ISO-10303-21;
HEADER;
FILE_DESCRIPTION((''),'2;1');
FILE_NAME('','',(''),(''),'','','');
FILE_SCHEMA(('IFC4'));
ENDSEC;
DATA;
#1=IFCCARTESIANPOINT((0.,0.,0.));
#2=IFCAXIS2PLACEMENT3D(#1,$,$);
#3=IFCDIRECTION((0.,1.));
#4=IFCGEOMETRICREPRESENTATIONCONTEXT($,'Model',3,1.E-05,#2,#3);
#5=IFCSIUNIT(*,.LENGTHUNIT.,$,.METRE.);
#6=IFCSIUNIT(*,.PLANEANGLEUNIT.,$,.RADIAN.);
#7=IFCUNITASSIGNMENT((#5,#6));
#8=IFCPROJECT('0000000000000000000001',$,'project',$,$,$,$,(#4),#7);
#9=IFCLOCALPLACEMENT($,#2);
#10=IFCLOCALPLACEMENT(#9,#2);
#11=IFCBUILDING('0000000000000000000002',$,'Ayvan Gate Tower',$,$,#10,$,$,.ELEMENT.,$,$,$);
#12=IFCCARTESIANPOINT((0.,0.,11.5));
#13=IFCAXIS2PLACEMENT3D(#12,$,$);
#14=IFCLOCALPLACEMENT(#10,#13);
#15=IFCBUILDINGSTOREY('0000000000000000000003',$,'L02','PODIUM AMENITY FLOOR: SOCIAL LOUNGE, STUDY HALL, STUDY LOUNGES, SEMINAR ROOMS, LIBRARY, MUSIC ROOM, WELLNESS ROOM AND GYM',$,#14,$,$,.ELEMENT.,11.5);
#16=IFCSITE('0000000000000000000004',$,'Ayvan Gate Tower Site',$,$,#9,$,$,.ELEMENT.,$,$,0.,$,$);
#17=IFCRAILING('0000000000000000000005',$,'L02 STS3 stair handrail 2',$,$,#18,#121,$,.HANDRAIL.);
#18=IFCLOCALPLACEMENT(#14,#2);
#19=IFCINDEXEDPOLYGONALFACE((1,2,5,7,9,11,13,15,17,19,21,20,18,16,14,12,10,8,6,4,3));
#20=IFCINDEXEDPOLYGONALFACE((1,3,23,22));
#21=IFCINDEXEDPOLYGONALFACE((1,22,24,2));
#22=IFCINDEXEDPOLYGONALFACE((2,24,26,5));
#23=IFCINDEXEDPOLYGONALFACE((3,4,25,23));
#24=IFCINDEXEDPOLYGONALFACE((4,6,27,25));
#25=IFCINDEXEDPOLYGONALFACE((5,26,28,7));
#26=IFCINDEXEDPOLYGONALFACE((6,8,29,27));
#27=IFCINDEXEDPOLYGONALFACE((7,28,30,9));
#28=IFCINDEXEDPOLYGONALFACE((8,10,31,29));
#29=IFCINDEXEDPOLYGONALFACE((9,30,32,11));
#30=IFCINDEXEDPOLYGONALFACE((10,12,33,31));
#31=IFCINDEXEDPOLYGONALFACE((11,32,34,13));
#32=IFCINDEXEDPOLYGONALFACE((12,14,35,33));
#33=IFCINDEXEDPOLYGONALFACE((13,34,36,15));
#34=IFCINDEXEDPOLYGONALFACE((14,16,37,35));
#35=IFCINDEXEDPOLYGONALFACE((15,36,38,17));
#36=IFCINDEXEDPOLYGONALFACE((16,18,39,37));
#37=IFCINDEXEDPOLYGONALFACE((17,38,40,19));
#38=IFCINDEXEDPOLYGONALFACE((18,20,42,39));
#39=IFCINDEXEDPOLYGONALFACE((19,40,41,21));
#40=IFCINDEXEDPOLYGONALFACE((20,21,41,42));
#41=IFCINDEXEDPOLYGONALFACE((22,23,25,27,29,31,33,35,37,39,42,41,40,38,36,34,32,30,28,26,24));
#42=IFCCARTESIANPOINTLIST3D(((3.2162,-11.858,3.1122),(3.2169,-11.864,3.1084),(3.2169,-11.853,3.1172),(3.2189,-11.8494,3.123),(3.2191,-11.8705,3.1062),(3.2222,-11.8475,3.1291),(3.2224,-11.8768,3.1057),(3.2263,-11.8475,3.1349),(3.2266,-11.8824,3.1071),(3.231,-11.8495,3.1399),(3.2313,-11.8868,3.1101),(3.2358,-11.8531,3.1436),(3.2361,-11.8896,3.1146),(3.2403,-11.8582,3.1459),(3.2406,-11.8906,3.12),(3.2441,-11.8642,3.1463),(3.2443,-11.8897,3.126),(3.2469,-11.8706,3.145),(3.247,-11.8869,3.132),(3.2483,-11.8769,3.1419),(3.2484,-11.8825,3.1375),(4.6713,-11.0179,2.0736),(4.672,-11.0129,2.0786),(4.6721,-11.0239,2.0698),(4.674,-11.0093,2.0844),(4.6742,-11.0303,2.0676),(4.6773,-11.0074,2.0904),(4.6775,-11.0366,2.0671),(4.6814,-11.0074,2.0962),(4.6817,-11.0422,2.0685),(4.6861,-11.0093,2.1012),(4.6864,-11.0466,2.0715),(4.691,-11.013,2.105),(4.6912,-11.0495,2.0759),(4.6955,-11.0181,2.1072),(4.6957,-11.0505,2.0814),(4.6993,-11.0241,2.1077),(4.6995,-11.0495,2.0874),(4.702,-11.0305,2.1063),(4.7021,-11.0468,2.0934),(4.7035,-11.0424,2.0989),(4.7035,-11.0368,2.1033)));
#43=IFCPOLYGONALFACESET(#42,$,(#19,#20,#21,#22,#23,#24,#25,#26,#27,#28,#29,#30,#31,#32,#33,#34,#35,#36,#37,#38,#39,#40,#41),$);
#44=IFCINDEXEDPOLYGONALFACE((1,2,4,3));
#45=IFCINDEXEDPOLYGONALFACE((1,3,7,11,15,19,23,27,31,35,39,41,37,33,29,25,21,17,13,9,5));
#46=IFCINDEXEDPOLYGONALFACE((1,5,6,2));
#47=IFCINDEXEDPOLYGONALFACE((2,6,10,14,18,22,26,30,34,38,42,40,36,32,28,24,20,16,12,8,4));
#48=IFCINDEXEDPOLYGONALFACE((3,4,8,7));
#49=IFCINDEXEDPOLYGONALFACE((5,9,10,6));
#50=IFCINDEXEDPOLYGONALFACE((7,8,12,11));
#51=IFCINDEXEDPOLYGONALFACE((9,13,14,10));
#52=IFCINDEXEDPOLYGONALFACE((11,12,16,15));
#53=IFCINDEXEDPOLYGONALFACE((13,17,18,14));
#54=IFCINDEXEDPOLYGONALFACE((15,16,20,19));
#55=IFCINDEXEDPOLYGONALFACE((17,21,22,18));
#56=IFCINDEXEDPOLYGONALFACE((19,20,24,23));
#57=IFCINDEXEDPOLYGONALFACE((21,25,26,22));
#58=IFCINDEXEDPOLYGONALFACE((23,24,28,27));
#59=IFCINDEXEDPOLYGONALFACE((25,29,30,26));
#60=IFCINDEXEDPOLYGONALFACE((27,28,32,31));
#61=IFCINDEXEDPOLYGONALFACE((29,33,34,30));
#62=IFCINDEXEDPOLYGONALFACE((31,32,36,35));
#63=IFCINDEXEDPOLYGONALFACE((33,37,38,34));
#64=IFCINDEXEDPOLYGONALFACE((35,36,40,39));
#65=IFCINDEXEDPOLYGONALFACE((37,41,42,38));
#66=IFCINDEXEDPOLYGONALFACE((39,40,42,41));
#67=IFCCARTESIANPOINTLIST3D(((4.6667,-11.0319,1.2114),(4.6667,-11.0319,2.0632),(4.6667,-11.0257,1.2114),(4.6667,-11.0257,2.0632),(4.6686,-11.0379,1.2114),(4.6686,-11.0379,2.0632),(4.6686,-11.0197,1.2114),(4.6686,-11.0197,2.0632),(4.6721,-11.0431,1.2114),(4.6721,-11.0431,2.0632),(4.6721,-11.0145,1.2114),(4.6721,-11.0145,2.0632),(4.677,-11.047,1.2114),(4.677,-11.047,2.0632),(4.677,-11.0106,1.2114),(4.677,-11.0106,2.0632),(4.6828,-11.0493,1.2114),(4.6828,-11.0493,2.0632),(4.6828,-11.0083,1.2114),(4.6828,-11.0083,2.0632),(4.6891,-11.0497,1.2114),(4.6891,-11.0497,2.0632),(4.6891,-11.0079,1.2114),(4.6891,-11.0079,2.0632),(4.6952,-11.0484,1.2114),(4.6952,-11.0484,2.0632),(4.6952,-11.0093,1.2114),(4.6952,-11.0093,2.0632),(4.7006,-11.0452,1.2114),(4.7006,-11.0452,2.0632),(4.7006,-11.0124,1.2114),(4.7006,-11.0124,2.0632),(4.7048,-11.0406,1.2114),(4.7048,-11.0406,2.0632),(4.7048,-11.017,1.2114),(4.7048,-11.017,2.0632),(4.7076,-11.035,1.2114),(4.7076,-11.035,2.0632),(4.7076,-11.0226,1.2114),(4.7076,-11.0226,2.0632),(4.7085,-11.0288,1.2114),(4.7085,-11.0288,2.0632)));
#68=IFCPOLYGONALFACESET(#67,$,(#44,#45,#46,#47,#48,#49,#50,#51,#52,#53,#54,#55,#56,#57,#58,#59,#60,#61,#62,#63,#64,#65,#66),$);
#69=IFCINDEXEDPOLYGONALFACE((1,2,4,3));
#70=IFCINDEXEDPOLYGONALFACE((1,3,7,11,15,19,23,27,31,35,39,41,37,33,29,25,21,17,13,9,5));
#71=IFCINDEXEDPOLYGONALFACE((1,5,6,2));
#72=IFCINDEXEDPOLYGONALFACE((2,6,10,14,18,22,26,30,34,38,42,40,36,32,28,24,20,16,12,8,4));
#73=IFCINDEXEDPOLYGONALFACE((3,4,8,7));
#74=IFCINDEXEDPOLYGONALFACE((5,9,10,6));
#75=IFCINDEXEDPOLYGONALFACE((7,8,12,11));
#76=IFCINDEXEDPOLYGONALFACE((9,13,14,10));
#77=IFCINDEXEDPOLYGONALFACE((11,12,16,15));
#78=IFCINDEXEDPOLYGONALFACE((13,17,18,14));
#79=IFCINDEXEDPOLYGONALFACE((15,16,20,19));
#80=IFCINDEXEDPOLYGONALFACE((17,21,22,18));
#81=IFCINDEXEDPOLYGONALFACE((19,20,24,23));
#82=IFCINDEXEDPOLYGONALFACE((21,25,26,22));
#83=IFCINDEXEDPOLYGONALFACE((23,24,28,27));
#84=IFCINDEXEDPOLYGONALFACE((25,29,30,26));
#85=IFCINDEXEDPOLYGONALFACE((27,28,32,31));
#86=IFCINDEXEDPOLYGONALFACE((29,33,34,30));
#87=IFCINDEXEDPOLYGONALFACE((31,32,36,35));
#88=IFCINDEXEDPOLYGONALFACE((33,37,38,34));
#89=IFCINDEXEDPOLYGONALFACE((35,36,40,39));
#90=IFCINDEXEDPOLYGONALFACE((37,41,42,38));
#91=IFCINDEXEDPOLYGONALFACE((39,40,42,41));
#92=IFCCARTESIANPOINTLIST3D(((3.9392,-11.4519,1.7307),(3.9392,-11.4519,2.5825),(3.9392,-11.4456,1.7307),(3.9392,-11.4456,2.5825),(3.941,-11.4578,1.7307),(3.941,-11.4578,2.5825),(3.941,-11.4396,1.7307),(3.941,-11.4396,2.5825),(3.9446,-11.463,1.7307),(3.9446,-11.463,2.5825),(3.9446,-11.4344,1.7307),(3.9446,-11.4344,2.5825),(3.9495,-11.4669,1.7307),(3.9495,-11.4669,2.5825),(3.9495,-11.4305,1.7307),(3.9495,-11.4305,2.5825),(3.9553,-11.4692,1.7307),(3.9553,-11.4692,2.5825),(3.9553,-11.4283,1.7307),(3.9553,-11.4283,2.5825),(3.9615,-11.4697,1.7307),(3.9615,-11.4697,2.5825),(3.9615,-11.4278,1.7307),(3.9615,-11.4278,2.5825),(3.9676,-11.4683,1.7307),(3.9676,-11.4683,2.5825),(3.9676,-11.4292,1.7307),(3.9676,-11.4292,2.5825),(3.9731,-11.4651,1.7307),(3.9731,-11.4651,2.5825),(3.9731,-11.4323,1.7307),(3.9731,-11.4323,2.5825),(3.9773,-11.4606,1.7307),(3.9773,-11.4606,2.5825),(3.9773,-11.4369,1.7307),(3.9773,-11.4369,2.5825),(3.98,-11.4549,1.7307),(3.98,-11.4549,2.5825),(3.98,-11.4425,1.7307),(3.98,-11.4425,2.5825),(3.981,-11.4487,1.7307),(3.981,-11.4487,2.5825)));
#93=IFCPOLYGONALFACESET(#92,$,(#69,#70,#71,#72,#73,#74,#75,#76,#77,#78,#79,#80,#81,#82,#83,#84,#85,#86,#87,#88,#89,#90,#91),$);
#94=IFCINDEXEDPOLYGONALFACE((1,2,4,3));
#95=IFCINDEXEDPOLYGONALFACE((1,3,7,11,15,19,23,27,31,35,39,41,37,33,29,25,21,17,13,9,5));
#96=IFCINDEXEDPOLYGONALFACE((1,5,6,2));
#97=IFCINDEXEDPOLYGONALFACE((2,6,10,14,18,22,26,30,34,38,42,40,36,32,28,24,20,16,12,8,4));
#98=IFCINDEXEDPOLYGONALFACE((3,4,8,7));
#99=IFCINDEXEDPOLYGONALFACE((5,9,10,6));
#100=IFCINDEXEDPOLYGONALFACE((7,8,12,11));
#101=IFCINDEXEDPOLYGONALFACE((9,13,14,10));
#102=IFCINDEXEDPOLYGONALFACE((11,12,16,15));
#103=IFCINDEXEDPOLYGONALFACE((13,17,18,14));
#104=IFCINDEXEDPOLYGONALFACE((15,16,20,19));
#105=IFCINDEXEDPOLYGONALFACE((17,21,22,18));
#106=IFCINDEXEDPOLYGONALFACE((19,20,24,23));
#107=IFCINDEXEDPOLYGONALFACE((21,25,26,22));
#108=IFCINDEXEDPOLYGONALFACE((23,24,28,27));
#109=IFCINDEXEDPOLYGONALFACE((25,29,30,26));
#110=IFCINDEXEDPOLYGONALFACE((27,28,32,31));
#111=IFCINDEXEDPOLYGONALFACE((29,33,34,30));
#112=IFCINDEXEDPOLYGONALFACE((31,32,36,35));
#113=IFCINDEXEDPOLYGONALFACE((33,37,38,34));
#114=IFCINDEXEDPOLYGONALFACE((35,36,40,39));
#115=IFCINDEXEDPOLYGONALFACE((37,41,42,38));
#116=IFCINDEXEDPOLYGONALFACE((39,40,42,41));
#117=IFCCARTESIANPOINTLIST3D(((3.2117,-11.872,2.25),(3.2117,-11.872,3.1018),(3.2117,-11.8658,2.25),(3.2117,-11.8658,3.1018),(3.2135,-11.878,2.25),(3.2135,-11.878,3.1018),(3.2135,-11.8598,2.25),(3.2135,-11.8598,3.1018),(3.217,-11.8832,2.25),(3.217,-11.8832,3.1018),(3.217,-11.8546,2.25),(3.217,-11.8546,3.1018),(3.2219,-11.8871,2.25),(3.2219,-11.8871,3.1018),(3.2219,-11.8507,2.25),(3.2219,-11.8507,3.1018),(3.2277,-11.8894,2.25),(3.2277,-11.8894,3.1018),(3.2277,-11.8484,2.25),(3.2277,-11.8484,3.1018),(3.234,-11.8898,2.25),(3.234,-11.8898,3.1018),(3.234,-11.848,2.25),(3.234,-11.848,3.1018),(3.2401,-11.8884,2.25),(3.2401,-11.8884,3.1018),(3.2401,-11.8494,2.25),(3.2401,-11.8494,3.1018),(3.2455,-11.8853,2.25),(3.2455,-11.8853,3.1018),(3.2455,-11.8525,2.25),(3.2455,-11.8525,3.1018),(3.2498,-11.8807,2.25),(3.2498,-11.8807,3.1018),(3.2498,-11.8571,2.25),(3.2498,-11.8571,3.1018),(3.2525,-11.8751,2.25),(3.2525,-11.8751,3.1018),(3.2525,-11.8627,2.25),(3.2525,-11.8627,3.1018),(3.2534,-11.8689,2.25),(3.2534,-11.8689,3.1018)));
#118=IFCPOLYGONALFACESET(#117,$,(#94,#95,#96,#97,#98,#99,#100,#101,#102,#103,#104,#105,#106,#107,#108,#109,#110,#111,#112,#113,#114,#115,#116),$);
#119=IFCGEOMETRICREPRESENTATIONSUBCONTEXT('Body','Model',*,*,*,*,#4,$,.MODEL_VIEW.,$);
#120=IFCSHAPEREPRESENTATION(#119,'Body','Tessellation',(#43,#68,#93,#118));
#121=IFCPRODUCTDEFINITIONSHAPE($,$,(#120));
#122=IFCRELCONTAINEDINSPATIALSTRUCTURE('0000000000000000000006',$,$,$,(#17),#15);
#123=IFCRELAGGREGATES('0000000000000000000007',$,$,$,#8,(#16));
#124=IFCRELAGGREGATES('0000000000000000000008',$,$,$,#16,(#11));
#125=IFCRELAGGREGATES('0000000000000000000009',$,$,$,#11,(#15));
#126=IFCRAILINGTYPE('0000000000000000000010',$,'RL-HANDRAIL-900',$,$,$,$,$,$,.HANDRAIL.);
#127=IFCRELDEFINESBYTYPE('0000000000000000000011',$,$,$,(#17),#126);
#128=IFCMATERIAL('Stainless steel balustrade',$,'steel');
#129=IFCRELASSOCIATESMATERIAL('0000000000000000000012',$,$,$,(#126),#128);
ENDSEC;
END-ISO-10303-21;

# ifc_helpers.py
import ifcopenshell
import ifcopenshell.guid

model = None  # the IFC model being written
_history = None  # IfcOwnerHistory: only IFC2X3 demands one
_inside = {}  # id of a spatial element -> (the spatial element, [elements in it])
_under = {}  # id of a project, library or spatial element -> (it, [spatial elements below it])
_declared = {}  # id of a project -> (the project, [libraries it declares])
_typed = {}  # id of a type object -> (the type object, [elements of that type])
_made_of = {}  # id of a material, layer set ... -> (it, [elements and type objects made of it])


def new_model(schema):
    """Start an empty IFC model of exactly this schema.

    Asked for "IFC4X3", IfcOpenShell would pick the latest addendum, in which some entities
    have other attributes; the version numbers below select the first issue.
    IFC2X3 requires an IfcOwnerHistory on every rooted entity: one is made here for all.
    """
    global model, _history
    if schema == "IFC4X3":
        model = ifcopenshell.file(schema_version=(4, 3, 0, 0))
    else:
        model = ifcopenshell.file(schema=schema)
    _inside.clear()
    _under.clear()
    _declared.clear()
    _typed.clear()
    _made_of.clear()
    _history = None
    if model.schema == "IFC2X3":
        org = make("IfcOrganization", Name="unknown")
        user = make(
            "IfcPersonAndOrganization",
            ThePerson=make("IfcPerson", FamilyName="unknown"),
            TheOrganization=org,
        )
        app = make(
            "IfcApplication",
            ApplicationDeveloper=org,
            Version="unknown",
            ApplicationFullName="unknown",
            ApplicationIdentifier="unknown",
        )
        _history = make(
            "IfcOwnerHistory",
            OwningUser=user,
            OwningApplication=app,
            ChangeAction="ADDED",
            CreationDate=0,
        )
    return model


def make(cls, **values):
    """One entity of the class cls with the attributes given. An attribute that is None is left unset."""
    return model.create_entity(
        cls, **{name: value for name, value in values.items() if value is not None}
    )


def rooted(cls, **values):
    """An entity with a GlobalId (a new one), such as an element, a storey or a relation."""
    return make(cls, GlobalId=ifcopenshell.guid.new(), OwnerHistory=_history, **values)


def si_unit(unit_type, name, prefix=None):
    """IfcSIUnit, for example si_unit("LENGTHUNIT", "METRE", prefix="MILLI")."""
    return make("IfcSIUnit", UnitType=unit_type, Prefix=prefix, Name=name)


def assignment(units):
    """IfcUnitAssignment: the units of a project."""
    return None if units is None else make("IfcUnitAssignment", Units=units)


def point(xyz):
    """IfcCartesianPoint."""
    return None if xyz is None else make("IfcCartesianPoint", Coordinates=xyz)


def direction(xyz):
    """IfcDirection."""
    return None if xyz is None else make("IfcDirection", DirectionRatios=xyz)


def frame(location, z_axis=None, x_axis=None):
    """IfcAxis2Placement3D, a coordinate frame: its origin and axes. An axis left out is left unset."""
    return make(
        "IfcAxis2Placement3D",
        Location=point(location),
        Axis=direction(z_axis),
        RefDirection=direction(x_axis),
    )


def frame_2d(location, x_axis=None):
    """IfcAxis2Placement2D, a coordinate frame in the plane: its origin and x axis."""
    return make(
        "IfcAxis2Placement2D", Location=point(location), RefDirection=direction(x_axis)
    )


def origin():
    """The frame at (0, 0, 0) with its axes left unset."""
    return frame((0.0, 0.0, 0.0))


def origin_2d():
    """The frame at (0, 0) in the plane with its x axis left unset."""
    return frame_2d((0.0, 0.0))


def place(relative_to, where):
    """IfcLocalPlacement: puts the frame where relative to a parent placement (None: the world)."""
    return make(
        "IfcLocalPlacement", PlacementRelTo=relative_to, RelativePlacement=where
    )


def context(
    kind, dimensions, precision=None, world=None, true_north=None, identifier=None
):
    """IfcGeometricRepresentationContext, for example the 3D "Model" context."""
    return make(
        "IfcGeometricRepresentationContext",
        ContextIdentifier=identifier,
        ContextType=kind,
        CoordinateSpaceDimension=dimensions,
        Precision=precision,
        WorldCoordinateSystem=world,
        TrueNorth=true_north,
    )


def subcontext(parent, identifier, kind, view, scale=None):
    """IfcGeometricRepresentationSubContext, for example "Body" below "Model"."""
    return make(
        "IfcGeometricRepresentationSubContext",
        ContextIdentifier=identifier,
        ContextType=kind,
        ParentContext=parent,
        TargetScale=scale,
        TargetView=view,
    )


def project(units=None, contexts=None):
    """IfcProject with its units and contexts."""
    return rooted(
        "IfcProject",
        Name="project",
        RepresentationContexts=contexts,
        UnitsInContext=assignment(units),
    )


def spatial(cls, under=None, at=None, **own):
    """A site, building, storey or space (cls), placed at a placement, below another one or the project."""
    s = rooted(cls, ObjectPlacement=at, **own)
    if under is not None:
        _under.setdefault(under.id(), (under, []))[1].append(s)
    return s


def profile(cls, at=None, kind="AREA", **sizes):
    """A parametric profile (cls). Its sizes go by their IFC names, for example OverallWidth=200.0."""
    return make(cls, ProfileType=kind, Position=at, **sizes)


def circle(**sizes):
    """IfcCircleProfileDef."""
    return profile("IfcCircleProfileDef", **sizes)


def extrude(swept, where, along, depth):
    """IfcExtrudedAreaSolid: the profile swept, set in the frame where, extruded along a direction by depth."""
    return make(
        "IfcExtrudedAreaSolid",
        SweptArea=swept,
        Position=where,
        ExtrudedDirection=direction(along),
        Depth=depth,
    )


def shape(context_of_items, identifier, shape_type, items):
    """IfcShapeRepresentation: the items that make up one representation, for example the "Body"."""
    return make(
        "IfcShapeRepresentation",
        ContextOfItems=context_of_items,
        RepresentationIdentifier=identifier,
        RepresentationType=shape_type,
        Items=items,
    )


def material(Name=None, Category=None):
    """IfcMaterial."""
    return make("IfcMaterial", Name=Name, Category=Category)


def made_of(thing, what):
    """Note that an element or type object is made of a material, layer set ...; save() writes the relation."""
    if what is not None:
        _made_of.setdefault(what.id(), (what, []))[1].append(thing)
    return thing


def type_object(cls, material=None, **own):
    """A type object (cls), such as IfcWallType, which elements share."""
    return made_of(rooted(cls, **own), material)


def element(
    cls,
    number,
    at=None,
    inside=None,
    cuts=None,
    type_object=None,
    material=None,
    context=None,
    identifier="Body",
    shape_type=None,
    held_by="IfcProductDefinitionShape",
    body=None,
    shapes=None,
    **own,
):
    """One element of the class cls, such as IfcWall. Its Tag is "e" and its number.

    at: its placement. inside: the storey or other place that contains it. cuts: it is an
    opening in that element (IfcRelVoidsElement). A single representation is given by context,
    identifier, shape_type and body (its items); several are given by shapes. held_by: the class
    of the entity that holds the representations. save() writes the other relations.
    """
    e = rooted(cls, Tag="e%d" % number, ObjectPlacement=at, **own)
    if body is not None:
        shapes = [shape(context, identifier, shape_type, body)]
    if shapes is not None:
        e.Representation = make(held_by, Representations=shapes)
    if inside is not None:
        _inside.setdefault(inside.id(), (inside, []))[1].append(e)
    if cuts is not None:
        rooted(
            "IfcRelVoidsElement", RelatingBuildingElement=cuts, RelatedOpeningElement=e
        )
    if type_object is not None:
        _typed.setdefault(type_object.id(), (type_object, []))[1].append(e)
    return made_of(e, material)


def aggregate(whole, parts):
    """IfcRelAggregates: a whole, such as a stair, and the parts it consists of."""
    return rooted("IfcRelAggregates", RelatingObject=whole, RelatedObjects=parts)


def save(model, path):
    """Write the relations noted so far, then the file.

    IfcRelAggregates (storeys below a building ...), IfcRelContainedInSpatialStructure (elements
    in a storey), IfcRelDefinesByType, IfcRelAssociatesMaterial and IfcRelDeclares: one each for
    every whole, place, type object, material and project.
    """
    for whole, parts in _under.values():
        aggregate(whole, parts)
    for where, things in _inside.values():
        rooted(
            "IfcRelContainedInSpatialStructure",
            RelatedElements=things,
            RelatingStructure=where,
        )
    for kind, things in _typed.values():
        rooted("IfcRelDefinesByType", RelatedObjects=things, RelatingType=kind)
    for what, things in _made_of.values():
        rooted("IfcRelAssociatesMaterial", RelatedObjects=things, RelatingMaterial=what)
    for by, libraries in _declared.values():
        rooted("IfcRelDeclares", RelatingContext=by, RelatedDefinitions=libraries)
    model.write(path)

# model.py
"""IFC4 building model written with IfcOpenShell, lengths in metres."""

from ifc_helpers import new_model, si_unit, direction, frame, origin, origin_2d, place, context, subcontext, project, spatial, circle, extrude, material, type_object, element, save


model = new_model("IFC4")

# Units and contexts
model_context = context("Model", 3, precision=1e-05, world=origin(), true_north=direction((0.0, 1.0)))
body_context = subcontext(model_context, "Body", "Model", "MODEL_VIEW")
ifc_project = project(units=[si_unit("LENGTHUNIT", "METRE"), si_unit("PLANEANGLEUNIT", "RADIAN")], contexts=[model_context])

# Site, building, storey
site_placement = place(None, origin())
site = spatial("IfcSite", under=ifc_project, at=site_placement, Name="Ayvan Gate Tower Site", CompositionType="ELEMENT", RefElevation=0.0)
building_placement = place(site_placement, origin())
building = spatial("IfcBuilding", under=site, at=building_placement, Name="Ayvan Gate Tower", CompositionType="ELEMENT")
storey_placement = place(building_placement, frame((0.0, 0.0, 11.5)))
storey = spatial("IfcBuildingStorey", under=building, at=storey_placement, Name="L02", Description="PODIUM AMENITY FLOOR: SOCIAL LOUNGE, STUDY HALL, STUDY LOUNGES, SEMINAR ROOMS, LIBRARY, MUSIC ROOM, WELLNESS ROOM AND GYM", CompositionType="ELEMENT", Elevation=11.5)

# Railing
ifc_material_1 = material(Name="Stainless steel balustrade", Category="steel")
railing_type_1 = type_object("IfcRailingType", Name="RL-HANDRAIL-900", PredefinedType="HANDRAIL", material=ifc_material_1)
railing_1_placement = place(storey_placement, frame((4.6875, -11.0288, 1.2114)))
element("IfcRailing", 1, at=railing_1_placement, inside=storey, type_object=railing_type_1, Name="L02 STS3 stair handrail 2", PredefinedType="HANDRAIL", context=body_context, shape_type="SweptSolid", body=[
    extrude(circle(Radius=0.0239, at=origin_2d()), frame((0.0, 0.0, 0.876), z_axis=(-0.736653, -0.425306, 0.525792), x_axis=(0.499999, -0.866026, 0.0)), (0.0, 0.0, 1.0), 1.9753),
    extrude(circle(Radius=0.021, at=origin_2d()), origin(), (0.0, 0.0, 1.0), 0.8518),
    extrude(circle(Radius=0.021, at=origin_2d()), frame((-0.7275, -0.4199, 0.5193)), (0.0, 0.0, 1.0), 0.8518),
    extrude(circle(Radius=0.021, at=origin_2d()), frame((-1.4551, -0.8401, 1.0386)), (0.0, 0.0, 1.0), 0.8518),
])

save(model, "model.ifc")
